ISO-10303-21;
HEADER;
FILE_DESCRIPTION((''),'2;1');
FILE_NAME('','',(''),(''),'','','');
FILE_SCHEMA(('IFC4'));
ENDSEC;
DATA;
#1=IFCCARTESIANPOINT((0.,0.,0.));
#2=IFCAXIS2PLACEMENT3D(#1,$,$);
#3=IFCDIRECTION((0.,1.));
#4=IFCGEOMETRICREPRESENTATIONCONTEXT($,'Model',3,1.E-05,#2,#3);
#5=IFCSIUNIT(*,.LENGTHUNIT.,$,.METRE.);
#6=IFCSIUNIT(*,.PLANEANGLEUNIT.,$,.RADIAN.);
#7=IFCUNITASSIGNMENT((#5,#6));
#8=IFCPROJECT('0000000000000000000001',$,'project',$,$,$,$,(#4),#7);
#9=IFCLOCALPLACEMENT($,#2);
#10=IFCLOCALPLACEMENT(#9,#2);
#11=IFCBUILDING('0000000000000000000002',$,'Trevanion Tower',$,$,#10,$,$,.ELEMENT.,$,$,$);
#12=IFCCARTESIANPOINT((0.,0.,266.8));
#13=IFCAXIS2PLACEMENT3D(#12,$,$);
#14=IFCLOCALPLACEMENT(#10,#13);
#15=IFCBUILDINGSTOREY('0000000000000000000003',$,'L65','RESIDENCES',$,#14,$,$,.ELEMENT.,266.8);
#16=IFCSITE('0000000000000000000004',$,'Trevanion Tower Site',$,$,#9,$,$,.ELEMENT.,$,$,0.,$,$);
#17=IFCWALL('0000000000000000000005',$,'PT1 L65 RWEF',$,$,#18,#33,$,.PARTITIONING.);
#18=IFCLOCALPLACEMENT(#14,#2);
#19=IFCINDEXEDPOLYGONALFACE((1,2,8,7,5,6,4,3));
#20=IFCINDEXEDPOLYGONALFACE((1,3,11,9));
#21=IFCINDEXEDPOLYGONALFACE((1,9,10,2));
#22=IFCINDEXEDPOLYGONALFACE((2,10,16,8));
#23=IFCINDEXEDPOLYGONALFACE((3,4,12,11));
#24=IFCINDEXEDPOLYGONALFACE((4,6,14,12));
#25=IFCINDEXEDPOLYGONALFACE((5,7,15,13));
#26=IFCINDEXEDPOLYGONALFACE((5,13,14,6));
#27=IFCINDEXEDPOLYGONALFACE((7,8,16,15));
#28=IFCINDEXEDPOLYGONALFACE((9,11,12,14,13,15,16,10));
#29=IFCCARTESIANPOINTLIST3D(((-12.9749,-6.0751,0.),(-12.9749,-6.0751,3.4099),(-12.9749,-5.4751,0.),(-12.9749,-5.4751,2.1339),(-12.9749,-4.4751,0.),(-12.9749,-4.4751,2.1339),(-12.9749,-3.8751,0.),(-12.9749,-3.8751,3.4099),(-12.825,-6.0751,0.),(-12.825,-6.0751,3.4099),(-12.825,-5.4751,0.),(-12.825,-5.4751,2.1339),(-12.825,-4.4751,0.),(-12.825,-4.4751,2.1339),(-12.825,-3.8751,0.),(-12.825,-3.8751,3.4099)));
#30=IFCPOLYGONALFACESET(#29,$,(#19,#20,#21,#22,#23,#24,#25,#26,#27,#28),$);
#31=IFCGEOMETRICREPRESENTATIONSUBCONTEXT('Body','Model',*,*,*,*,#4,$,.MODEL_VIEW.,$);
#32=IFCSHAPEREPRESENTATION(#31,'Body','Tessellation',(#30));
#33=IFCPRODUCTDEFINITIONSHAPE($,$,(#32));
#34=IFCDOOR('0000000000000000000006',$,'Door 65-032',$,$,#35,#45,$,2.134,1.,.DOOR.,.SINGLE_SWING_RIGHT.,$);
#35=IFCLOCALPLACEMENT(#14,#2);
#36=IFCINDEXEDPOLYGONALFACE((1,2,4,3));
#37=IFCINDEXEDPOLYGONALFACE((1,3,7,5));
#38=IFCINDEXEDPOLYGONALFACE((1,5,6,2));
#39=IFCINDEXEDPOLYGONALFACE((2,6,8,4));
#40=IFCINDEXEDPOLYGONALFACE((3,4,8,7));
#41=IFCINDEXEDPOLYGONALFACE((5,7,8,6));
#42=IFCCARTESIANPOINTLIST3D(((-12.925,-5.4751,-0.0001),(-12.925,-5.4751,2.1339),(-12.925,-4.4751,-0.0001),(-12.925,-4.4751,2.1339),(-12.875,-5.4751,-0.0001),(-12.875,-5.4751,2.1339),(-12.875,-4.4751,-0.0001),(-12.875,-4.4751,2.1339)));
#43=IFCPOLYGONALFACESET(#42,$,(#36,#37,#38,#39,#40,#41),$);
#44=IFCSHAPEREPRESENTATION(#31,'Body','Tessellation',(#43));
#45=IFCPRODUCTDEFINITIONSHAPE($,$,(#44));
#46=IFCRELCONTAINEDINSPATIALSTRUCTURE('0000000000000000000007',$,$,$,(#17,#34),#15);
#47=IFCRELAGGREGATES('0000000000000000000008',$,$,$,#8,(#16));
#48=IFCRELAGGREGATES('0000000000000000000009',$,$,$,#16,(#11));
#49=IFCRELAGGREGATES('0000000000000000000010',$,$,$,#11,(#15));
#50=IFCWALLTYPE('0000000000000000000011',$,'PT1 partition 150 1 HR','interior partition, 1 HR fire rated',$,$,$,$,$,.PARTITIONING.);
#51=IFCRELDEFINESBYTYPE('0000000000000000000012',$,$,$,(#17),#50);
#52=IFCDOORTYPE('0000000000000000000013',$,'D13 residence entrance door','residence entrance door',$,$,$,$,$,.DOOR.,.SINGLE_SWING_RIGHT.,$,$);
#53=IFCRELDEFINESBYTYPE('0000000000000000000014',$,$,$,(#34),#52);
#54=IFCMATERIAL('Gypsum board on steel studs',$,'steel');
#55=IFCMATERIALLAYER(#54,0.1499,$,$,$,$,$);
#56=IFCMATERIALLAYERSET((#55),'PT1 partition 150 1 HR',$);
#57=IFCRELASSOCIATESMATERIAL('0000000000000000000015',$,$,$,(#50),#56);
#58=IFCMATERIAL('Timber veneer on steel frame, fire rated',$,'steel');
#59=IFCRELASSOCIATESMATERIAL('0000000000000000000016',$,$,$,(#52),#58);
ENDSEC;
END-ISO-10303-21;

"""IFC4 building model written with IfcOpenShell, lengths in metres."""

from ifc_helpers import new_model, si_unit, direction, frame, frame_2d, origin, place, context, subcontext, project, spatial, rectangle, extrude, material, layer, layer_set, type_object, element, fill, save


model = new_model("IFC4")

# Units and contexts
model_context = context("Model", 3, precision=1e-05, world=origin(), true_north=direction((0.0, 1.0)))
body_context = subcontext(model_context, "Body", "Model", "MODEL_VIEW")
ifc_project = project(units=[si_unit("LENGTHUNIT", "METRE"), si_unit("PLANEANGLEUNIT", "RADIAN")], contexts=[model_context])

# Site, building, storey
site_placement = place(None, origin())
site = spatial("IfcSite", under=ifc_project, at=site_placement, Name="Trevanion Tower Site", CompositionType="ELEMENT", RefElevation=0.0)
building_placement = place(site_placement, origin())
building = spatial("IfcBuilding", under=site, at=building_placement, Name="Trevanion Tower", CompositionType="ELEMENT")
storey_placement = place(building_placement, frame((0.0, 0.0, 266.8)))
storey = spatial("IfcBuildingStorey", under=building, at=storey_placement, Name="L65", Description="RESIDENCES", CompositionType="ELEMENT", Elevation=266.8)

# Wall, opening, door
ifc_material_1 = material(Name="Gypsum board on steel studs", Category="steel")
ifc_layer_1 = layer(ifc_material_1, 0.1499)
ifc_layer_set_1 = layer_set([ifc_layer_1], Name="PT1 partition 150 1 HR")
wall_type_1 = type_object("IfcWallType", Name="PT1 partition 150 1 HR", Description="interior partition, 1 HR fire rated", PredefinedType="PARTITIONING", material=ifc_layer_set_1)
wall_1_placement = place(storey_placement, frame((-12.8999, -3.875, 0.0), z_axis=(0.0, 0.0, 1.0), x_axis=(0.0, -1.0, 0.0)))
wall_1 = element("IfcWall", 1, at=wall_1_placement, inside=storey, type_object=wall_type_1, Name="PT1 L65 RWEF", PredefinedType="PARTITIONING", context=body_context, shape_type="SweptSolid", body=[
    extrude(rectangle(XDim=2.2, YDim=0.1499, at=frame_2d((1.1001, 0.0))), origin(), (0.0, 0.0, 1.0), 3.4099),
])
opening_placement = place(wall_1_placement, frame((0.6001, 0.0, 0.0)))
opening = element("IfcOpeningElement", 2, at=opening_placement, cuts=wall_1, PredefinedType="OPENING", context=body_context, shape_type="SweptSolid", body=[
    extrude(rectangle(XDim=1.0, YDim=2.134, at=frame_2d((0.5, 1.0669))), frame((0.0, 0.085, 0.0), z_axis=(0.0, -1.0, 0.0), x_axis=(1.0, 0.0, 0.0)), (0.0, 0.0, 1.0), 0.1699),
])
ifc_material_2 = material(Name="Timber veneer on steel frame, fire rated", Category="steel")
door_type = type_object("IfcDoorType", Name="D13 residence entrance door", Description="residence entrance door", OperationType="SINGLE_SWING_RIGHT", PredefinedType="DOOR", material=ifc_material_2)
door_placement = place(opening_placement, origin())
door = element("IfcDoor", 3, at=door_placement, inside=storey, type_object=door_type, Name="Door 65-032", OperationType="SINGLE_SWING_RIGHT", OverallHeight=2.134, OverallWidth=1.0, PredefinedType="DOOR", context=body_context, shape_type="SweptSolid", body=[
    extrude(rectangle(XDim=1.0, YDim=2.134, at=frame_2d((0.5, 1.0669))), frame((0.0, 0.0249, 0.0), z_axis=(0.0, -1.0, 0.0), x_axis=(1.0, 0.0, 0.0)), (0.0, 0.0, 1.0), 0.05),
])
fill(opening, door)

save(model, "model.ifc")
